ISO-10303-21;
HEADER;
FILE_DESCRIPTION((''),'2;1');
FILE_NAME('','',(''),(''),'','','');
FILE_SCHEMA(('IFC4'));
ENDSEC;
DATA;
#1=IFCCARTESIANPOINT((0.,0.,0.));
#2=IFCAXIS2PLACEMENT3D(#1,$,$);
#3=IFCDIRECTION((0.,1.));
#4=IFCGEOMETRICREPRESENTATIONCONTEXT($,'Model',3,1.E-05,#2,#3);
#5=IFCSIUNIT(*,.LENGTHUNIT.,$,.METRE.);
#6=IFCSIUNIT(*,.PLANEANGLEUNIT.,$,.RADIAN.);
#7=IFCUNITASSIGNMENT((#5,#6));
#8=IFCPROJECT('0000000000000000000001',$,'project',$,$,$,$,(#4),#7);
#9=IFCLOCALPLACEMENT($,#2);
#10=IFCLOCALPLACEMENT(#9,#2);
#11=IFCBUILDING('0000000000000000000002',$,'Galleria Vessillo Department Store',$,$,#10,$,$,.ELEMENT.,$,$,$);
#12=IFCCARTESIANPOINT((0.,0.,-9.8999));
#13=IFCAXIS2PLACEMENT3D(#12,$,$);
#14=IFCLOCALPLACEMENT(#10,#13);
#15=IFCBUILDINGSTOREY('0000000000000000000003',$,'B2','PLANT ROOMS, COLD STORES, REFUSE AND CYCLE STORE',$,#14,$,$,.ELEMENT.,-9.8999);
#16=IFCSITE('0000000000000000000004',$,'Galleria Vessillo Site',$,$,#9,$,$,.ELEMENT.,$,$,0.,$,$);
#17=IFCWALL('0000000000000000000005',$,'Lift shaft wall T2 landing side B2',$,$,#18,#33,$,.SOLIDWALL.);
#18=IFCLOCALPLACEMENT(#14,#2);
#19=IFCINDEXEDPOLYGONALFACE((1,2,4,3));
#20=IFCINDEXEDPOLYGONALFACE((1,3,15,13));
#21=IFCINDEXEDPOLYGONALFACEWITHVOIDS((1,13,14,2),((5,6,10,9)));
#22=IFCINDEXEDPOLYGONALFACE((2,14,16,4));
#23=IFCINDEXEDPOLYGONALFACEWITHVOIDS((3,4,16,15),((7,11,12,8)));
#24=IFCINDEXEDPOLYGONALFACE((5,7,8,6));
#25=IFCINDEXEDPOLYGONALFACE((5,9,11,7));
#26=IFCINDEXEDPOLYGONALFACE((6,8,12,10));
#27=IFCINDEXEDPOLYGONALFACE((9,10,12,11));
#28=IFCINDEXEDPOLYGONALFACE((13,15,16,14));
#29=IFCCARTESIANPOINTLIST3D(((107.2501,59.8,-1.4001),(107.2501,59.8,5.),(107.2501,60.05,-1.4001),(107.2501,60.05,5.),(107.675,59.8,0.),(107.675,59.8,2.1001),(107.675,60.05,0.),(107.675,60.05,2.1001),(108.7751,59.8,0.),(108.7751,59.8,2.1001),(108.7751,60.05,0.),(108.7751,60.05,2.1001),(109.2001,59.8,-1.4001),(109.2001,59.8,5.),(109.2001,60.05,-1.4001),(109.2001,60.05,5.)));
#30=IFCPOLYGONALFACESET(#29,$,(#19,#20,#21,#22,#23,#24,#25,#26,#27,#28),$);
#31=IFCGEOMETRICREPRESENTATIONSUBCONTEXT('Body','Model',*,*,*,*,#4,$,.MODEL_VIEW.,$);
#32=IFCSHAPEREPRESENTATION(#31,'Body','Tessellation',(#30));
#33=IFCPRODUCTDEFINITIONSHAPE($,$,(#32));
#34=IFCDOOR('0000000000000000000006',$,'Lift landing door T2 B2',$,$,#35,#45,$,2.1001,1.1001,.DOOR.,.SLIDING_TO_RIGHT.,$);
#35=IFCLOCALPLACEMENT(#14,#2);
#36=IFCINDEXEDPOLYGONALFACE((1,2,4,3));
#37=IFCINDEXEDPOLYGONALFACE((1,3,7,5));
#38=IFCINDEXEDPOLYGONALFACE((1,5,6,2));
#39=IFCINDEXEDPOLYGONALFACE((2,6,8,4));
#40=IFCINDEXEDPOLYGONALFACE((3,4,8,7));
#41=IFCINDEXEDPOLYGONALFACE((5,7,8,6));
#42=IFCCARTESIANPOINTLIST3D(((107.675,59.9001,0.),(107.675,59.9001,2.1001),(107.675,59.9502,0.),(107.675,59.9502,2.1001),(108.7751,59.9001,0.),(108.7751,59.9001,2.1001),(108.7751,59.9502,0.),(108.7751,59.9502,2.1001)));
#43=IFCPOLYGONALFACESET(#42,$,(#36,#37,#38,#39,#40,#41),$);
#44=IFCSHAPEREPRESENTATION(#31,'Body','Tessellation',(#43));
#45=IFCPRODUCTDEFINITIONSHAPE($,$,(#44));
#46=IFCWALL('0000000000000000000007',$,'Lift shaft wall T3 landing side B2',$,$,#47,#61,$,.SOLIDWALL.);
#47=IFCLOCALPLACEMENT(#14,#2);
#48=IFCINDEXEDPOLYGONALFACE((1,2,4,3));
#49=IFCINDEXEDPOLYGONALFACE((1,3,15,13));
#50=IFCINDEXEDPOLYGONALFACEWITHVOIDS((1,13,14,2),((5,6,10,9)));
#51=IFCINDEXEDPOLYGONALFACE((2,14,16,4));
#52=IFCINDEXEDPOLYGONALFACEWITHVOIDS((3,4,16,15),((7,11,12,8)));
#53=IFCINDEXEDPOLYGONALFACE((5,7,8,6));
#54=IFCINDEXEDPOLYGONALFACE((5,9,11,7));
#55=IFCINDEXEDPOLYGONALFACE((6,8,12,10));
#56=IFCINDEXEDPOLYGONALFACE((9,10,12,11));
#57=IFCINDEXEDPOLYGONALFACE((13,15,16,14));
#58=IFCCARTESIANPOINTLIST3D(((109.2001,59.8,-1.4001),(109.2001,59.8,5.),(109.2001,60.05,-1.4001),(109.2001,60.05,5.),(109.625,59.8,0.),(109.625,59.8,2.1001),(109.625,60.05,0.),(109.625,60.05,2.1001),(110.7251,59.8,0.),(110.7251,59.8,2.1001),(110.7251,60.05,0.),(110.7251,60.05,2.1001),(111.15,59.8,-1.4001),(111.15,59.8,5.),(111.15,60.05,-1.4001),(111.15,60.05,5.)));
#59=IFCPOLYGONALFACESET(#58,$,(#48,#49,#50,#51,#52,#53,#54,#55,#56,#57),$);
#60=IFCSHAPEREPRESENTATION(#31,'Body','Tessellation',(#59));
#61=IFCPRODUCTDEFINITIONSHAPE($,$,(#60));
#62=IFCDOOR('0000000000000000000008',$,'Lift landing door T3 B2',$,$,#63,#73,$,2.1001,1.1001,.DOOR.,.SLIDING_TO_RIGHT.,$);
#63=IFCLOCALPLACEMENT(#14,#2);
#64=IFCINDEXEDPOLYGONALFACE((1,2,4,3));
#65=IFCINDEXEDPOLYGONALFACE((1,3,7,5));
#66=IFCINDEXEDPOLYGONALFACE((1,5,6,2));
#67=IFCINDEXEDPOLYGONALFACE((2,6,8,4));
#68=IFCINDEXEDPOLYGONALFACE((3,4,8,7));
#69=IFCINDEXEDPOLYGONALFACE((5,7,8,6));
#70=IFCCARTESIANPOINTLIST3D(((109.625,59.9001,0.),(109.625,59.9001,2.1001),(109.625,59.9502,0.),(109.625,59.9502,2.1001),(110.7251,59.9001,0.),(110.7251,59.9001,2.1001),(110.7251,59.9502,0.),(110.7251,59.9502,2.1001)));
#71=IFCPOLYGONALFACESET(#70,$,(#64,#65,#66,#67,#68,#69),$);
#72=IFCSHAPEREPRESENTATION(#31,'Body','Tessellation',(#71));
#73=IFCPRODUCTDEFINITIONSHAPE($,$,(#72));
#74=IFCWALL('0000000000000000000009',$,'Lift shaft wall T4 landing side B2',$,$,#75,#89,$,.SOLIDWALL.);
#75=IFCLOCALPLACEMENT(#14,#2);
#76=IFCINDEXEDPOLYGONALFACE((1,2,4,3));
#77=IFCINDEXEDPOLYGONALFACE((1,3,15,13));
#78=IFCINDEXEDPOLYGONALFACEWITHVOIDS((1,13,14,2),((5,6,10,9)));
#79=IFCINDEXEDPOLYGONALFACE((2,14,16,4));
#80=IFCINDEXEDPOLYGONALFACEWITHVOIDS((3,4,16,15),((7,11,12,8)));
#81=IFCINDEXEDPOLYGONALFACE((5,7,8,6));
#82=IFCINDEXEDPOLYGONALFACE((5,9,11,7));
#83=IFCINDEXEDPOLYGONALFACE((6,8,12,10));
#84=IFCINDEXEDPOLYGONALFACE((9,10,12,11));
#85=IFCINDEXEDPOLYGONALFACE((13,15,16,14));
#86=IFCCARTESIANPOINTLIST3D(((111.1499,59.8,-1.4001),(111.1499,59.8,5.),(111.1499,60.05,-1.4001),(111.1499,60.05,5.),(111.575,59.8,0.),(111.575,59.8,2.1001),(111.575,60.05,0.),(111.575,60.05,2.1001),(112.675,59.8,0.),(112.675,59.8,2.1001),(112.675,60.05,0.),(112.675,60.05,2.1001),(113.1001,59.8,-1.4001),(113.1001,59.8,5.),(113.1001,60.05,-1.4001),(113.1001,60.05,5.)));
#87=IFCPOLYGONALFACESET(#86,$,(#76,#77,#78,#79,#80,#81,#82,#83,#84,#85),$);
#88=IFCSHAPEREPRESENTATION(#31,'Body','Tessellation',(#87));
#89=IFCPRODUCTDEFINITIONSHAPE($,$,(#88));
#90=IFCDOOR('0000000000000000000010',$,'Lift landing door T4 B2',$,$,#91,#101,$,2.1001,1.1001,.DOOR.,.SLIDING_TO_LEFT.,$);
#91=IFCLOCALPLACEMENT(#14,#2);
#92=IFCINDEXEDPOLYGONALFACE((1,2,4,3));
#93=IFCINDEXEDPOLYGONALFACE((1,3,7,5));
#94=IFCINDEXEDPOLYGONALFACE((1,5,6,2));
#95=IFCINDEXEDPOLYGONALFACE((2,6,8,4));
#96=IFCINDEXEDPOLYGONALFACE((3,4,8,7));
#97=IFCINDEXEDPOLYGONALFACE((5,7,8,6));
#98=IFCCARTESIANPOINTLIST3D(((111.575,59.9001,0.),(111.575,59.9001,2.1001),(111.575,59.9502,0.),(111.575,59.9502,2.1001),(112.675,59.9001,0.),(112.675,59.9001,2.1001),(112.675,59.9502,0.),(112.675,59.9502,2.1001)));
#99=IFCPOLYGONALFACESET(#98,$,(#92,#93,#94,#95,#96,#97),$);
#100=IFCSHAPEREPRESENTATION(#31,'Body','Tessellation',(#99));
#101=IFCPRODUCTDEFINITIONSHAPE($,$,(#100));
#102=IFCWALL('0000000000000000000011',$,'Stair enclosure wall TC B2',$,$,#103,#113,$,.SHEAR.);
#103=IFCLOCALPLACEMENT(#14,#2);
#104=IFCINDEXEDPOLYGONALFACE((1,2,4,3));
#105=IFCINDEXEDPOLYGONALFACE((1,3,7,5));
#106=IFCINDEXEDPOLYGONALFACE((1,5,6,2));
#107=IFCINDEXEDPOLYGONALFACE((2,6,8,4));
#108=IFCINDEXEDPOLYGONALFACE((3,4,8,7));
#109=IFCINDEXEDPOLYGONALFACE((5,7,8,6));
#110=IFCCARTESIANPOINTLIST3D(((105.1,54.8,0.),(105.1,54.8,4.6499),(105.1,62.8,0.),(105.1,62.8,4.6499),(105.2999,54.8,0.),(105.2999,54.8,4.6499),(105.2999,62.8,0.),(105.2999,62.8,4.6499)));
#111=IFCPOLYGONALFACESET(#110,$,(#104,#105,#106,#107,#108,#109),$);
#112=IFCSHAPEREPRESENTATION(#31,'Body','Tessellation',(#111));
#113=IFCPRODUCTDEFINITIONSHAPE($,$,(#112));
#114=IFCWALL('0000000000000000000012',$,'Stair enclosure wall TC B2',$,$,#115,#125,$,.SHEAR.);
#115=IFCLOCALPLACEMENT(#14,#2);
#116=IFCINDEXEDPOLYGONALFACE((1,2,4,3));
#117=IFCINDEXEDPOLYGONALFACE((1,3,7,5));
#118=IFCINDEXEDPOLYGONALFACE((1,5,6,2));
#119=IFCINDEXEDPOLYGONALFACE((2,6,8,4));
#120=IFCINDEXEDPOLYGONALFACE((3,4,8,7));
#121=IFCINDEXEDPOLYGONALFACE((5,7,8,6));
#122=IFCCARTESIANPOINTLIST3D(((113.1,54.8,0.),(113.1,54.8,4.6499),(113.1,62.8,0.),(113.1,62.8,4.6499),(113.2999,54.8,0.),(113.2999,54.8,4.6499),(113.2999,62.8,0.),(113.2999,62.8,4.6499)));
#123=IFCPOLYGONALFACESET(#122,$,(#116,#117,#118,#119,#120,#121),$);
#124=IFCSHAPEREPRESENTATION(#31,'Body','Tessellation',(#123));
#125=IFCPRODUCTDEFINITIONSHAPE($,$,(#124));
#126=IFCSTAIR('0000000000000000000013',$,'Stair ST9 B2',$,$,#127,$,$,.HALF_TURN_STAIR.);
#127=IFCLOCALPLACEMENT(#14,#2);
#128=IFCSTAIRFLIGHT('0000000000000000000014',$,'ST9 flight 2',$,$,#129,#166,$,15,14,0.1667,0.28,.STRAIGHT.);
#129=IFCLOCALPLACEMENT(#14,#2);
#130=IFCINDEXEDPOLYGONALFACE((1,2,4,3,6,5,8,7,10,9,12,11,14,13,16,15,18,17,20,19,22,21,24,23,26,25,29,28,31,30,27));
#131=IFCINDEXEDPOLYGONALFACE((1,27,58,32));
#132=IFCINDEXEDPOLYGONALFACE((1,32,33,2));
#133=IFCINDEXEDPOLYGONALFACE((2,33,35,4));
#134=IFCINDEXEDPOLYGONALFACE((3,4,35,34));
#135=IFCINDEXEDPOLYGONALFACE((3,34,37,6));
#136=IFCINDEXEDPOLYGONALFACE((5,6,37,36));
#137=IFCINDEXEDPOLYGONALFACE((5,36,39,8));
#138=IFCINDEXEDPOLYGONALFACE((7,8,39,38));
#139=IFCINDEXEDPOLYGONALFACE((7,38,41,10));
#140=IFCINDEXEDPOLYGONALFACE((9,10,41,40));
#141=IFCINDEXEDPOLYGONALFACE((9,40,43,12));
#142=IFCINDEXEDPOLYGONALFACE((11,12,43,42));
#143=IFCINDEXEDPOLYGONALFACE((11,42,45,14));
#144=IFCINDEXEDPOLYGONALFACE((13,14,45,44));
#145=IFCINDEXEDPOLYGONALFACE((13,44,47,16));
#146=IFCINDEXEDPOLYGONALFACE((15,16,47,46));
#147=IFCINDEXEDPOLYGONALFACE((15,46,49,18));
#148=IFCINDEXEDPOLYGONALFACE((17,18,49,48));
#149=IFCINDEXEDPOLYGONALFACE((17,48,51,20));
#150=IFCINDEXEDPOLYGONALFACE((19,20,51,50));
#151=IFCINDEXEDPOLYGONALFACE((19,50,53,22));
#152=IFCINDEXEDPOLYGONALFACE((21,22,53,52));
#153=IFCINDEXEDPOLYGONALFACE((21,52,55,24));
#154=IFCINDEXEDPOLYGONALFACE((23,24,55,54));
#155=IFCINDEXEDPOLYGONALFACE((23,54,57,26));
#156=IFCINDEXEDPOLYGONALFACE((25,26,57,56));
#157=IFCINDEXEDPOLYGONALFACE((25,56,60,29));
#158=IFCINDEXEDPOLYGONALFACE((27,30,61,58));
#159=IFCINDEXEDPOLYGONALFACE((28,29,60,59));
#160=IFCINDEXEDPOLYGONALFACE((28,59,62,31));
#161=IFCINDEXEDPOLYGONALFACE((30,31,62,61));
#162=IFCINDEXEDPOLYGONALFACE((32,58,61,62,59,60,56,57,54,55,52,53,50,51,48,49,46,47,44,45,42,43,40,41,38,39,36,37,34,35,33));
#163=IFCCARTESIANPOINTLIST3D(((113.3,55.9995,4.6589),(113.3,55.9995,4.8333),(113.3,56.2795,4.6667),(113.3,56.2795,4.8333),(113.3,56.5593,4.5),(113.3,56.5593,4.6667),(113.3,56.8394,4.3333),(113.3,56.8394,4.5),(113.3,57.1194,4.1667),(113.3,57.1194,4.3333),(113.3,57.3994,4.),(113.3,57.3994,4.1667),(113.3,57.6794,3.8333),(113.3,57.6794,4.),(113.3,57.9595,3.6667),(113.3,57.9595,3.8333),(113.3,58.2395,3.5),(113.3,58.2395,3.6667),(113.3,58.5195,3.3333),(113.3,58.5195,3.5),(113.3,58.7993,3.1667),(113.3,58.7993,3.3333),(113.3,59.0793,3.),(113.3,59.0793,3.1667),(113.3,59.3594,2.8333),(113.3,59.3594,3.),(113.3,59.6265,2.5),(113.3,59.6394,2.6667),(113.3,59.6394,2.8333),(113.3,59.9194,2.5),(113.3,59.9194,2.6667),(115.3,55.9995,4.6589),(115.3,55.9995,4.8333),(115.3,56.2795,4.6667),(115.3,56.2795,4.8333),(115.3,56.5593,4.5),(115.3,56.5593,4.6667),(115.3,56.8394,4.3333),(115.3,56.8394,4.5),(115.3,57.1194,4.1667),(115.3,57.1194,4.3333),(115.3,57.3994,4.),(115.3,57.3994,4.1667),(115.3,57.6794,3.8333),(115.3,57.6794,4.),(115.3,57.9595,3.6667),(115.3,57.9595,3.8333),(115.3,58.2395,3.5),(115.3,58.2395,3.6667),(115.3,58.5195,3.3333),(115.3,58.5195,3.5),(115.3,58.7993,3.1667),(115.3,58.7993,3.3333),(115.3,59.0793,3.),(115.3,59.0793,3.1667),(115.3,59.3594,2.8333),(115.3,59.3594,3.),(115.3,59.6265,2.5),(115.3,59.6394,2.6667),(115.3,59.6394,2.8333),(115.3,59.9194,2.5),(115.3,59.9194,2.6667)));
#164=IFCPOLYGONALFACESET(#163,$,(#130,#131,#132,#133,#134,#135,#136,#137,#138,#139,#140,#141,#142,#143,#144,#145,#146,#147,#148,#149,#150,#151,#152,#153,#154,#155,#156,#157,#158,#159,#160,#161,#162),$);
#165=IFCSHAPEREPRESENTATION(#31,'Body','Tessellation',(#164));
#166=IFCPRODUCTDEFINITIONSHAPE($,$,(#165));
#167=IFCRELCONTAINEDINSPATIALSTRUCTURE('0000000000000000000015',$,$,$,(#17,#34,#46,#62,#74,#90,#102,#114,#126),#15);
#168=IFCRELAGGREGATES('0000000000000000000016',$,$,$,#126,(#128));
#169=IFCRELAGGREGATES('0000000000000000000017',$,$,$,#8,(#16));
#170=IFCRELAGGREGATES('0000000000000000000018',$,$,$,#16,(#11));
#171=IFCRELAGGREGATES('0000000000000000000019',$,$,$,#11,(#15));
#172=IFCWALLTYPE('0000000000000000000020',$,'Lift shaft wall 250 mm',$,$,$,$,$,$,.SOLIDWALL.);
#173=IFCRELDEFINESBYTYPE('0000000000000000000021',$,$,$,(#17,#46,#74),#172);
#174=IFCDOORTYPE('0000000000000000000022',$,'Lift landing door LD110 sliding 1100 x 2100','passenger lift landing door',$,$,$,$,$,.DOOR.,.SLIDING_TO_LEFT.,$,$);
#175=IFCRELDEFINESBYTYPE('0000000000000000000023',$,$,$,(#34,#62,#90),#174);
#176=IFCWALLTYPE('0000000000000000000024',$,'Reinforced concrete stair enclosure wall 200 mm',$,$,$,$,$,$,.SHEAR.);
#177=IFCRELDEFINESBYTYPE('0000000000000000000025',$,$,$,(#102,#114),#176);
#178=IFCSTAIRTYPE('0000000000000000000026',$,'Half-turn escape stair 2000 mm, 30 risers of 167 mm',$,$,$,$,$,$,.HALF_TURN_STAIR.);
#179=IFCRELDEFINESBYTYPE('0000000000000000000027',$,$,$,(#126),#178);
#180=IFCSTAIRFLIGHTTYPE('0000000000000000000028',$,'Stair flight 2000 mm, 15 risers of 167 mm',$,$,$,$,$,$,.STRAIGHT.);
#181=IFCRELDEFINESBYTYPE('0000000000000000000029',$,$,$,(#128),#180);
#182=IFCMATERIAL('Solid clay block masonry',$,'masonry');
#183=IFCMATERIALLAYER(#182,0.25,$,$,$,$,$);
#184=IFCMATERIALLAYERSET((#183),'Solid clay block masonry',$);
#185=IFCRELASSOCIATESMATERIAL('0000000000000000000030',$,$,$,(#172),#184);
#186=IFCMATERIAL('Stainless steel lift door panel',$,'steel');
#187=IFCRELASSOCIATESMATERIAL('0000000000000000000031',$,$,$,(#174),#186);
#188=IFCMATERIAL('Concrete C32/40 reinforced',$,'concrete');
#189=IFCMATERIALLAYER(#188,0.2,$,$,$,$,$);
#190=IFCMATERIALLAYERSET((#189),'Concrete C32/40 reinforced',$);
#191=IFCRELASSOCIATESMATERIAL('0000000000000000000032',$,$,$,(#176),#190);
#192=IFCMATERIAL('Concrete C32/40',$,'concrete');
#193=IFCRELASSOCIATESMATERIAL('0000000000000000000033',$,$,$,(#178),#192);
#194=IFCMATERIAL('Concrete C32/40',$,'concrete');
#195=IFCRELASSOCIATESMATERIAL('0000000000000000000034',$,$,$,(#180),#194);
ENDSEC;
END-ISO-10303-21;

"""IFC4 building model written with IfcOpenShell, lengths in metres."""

from ifc_helpers import new_model, si_unit, direction, frame, frame_2d, origin, place, context, subcontext, project, spatial, polyline, rectangle, outline, extrude, material, layer, layer_set, type_object, element, fill, aggregate, save


model = new_model("IFC4")

# Units and contexts
model_context = context("Model", 3, precision=1e-05, world=origin(), true_north=direction((0.0, 1.0)))
body_context = subcontext(model_context, "Body", "Model", "MODEL_VIEW")
ifc_project = project(units=[si_unit("LENGTHUNIT", "METRE"), si_unit("PLANEANGLEUNIT", "RADIAN")], contexts=[model_context])

# Site, building, storey
site_placement = place(None, origin())
site = spatial("IfcSite", under=ifc_project, at=site_placement, Name="Galleria Vessillo Site", CompositionType="ELEMENT", RefElevation=0.0)
building_placement = place(site_placement, origin())
building = spatial("IfcBuilding", under=site, at=building_placement, Name="Galleria Vessillo Department Store", CompositionType="ELEMENT")
storey_placement = place(building_placement, frame((0.0, 0.0, -9.8999)))
storey = spatial("IfcBuildingStorey", under=building, at=storey_placement, Name="B2", Description="PLANT ROOMS, COLD STORES, REFUSE AND CYCLE STORE", CompositionType="ELEMENT", Elevation=-9.8999)

# Walls, openings, doors
ifc_material_1 = material(Name="Solid clay block masonry", Category="masonry")
ifc_layer_1 = layer(ifc_material_1, 0.25)
ifc_layer_set_1 = layer_set([ifc_layer_1], Name="Solid clay block masonry")
wall_type_1 = type_object("IfcWallType", Name="Lift shaft wall 250 mm", PredefinedType="SOLIDWALL", material=ifc_layer_set_1)
ifc_material_2 = material(Name="Stainless steel lift door panel", Category="steel")
door_type = type_object("IfcDoorType", Name="Lift landing door LD110 sliding 1100 x 2100", Description="passenger lift landing door", OperationType="SLIDING_TO_LEFT", PredefinedType="DOOR", material=ifc_material_2)
wall_1_placement = place(storey_placement, frame((107.25, 59.925, -1.4001), z_axis=(0.0, 0.0, 1.0), x_axis=(1.0, 0.0, 0.0)))
wall_1 = element("IfcWall", 1, at=wall_1_placement, inside=storey, type_object=wall_type_1, Name="Lift shaft wall T2 landing side B2", PredefinedType="SOLIDWALL", context=body_context, shape_type="SweptSolid", body=[
    extrude(rectangle(XDim=1.95, YDim=0.25, at=frame_2d((0.9751, 0.0))), origin(), (0.0, 0.0, 1.0), 6.4001),
])
opening_1_placement = place(wall_1_placement, frame((0.425, 0.0, 1.4001)))
opening_1 = element("IfcOpeningElement", 2, at=opening_1_placement, cuts=wall_1, PredefinedType="OPENING", context=body_context, shape_type="SweptSolid", body=[
    extrude(rectangle(XDim=1.1001, YDim=2.1001, at=frame_2d((0.55, 1.05))), frame((0.0, 0.135, 0.0), z_axis=(0.0, -1.0, 0.0), x_axis=(1.0, 0.0, 0.0)), (0.0, 0.0, 1.0), 0.27),
])
door_1_placement = place(opening_1_placement, frame((1.1001, 0.0, 0.0), z_axis=(0.0, 0.0, 1.0), x_axis=(-1.0, 0.0, 0.0)))
door_1 = element("IfcDoor", 3, at=door_1_placement, inside=storey, type_object=door_type, Name="Lift landing door T2 B2", OperationType="SLIDING_TO_RIGHT", OverallHeight=2.1001, OverallWidth=1.1001, PredefinedType="DOOR", context=body_context, shape_type="SweptSolid", body=[
    extrude(rectangle(XDim=1.1001, YDim=2.1001, at=frame_2d((0.55, 1.05))), frame((0.0, 0.0249, 0.0), z_axis=(0.0, -1.0, 0.0), x_axis=(1.0, 0.0, 0.0)), (0.0, 0.0, 1.0), 0.05),
])
fill(opening_1, door_1)
wall_2_placement = place(storey_placement, frame((109.2, 59.925, -1.4001), z_axis=(0.0, 0.0, 1.0), x_axis=(1.0, 0.0, 0.0)))
wall_2 = element("IfcWall", 4, at=wall_2_placement, inside=storey, type_object=wall_type_1, Name="Lift shaft wall T3 landing side B2", PredefinedType="SOLIDWALL", context=body_context, shape_type="SweptSolid", body=[
    extrude(rectangle(XDim=1.95, YDim=0.25, at=frame_2d((0.9751, 0.0))), origin(), (0.0, 0.0, 1.0), 6.4001),
])
opening_2_placement = place(wall_2_placement, frame((0.425, 0.0, 1.4001)))
opening_2 = element("IfcOpeningElement", 5, at=opening_2_placement, cuts=wall_2, PredefinedType="OPENING", context=body_context, shape_type="SweptSolid", body=[
    extrude(rectangle(XDim=1.1001, YDim=2.1001, at=frame_2d((0.55, 1.05))), frame((0.0, 0.135, 0.0), z_axis=(0.0, -1.0, 0.0), x_axis=(1.0, 0.0, 0.0)), (0.0, 0.0, 1.0), 0.27),
])
door_2_placement = place(opening_2_placement, frame((1.1001, 0.0, 0.0), z_axis=(0.0, 0.0, 1.0), x_axis=(-1.0, 0.0, 0.0)))
door_2 = element("IfcDoor", 6, at=door_2_placement, inside=storey, type_object=door_type, Name="Lift landing door T3 B2", OperationType="SLIDING_TO_RIGHT", OverallHeight=2.1001, OverallWidth=1.1001, PredefinedType="DOOR", context=body_context, shape_type="SweptSolid", body=[
    extrude(rectangle(XDim=1.1001, YDim=2.1001, at=frame_2d((0.55, 1.05))), frame((0.0, 0.0249, 0.0), z_axis=(0.0, -1.0, 0.0), x_axis=(1.0, 0.0, 0.0)), (0.0, 0.0, 1.0), 0.05),
])
fill(opening_2, door_2)
wall_3_placement = place(storey_placement, frame((111.1499, 59.925, -1.4001), z_axis=(0.0, 0.0, 1.0), x_axis=(1.0, 0.0, 0.0)))
wall_3 = element("IfcWall", 7, at=wall_3_placement, inside=storey, type_object=wall_type_1, Name="Lift shaft wall T4 landing side B2", PredefinedType="SOLIDWALL", context=body_context, shape_type="SweptSolid", body=[
    extrude(rectangle(XDim=1.9502, YDim=0.25, at=frame_2d((0.9751, 0.0))), origin(), (0.0, 0.0, 1.0), 6.4001),
])
opening_3_placement = place(wall_3_placement, frame((0.425, 0.0, 1.4001)))
opening_3 = element("IfcOpeningElement", 8, at=opening_3_placement, cuts=wall_3, PredefinedType="OPENING", context=body_context, shape_type="SweptSolid", body=[
    extrude(rectangle(XDim=1.1001, YDim=2.1001, at=frame_2d((0.55, 1.05))), frame((0.0, 0.135, 0.0), z_axis=(0.0, -1.0, 0.0), x_axis=(1.0, 0.0, 0.0)), (0.0, 0.0, 1.0), 0.27),
])
door_3_placement = place(opening_3_placement, frame((1.1001, 0.0, 0.0), z_axis=(0.0, 0.0, 1.0), x_axis=(-1.0, 0.0, 0.0)))
door_3 = element("IfcDoor", 9, at=door_3_placement, inside=storey, type_object=door_type, Name="Lift landing door T4 B2", OperationType="SLIDING_TO_LEFT", OverallHeight=2.1001, OverallWidth=1.1001, PredefinedType="DOOR", context=body_context, shape_type="SweptSolid", body=[
    extrude(rectangle(XDim=1.1001, YDim=2.1001, at=frame_2d((0.55, 1.05))), frame((0.0, 0.0249, 0.0), z_axis=(0.0, -1.0, 0.0), x_axis=(1.0, 0.0, 0.0)), (0.0, 0.0, 1.0), 0.05),
])
fill(opening_3, door_3)

# Walls
ifc_material_3 = material(Name="Concrete C32/40 reinforced", Category="concrete")
ifc_layer_2 = layer(ifc_material_3, 0.2)
ifc_layer_set_2 = layer_set([ifc_layer_2], Name="Concrete C32/40 reinforced")
wall_type_2 = type_object("IfcWallType", Name="Reinforced concrete stair enclosure wall 200 mm", PredefinedType="SHEAR", material=ifc_layer_set_2)
for number, where, z_axis, x_axis, name in (
    (10, (105.2, 62.8, 0.0), (0.0, 0.0, 1.0), (0.0, -1.0, 0.0), "Stair enclosure wall TC B2"),
    (11, (113.2, 62.8, 0.0), (0.0, 0.0, 1.0), (0.0, -1.0, 0.0), "Stair enclosure wall TC B2"),
):
    element("IfcWall", number, at=place(storey_placement, frame(where, z_axis=z_axis, x_axis=x_axis)), inside=storey, type_object=wall_type_2, Name=name, PredefinedType="SHEAR", context=body_context, shape_type="SweptSolid", body=[
        extrude(rectangle(XDim=8.0, YDim=0.2, at=frame_2d((4.0, 0.0))), origin(), (0.0, 0.0, 1.0), 4.6499),
    ])

# Stair, stair flight
ifc_material_4 = material(Name="Concrete C32/40", Category="concrete")
stair_type = type_object("IfcStairType", Name="Half-turn escape stair 2000 mm, 30 risers of 167 mm", PredefinedType="HALF_TURN_STAIR", material=ifc_material_4)
stair_placement = place(storey_placement, origin())
stair = element("IfcStair", 12, at=stair_placement, inside=storey, type_object=stair_type, Name="Stair ST9 B2", PredefinedType="HALF_TURN_STAIR")
ifc_material_5 = material(Name="Concrete C32/40", Category="concrete")
stair_flight_type = type_object("IfcStairFlightType", Name="Stair flight 2000 mm, 15 risers of 167 mm", PredefinedType="STRAIGHT", material=ifc_material_5)
stair_flight_placement = place(storey_placement, frame((114.3, 59.9194, 2.5), z_axis=(0.0, 0.0, 1.0), x_axis=(0.0, -1.0, 0.0)))
stair_flight = element("IfcStairFlight", 13, at=stair_flight_placement, type_object=stair_flight_type, Name="ST9 flight 2", NumberOfRisers=15, NumberOfTreads=14, PredefinedType="STRAIGHT", RiserHeight=0.1667, TreadLength=0.28, context=body_context, shape_type="SweptSolid", body=[
    extrude(outline(polyline([(0.0, 0.0), (0.0, 0.1667), (0.28, 0.1667), (0.28, 0.3333), (0.5601, 0.3333), (0.5601, 0.5), (0.8401, 0.5), (0.8401, 0.6667), (1.1201, 0.6667), (1.1201, 0.8333), (1.3999, 0.8333), (1.3999, 1.0), (1.6799, 1.0), (1.6799, 1.1667), (1.96, 1.1667), (1.96, 1.3333), (2.24, 1.3333), (2.24, 1.5), (2.52, 1.5), (2.52, 1.6667), (2.8, 1.6667), (2.8, 1.8333), (3.0801, 1.8333), (3.0801, 2.0), (3.3601, 2.0), (3.3601, 2.1667), (3.6399, 2.1667), (3.6399, 2.3333), (3.9199, 2.3333), (3.9199, 2.5), (3.9199, 2.1589), (0.293, 0.0), (0.0, 0.0)])), frame((0.0, 1.0, 0.0), z_axis=(0.0, -1.0, 0.0), x_axis=(1.0, 0.0, 0.0)), (0.0, 0.0, 1.0), 2.0),
])
aggregate(stair, [stair_flight])

save(model, "model.ifc")
